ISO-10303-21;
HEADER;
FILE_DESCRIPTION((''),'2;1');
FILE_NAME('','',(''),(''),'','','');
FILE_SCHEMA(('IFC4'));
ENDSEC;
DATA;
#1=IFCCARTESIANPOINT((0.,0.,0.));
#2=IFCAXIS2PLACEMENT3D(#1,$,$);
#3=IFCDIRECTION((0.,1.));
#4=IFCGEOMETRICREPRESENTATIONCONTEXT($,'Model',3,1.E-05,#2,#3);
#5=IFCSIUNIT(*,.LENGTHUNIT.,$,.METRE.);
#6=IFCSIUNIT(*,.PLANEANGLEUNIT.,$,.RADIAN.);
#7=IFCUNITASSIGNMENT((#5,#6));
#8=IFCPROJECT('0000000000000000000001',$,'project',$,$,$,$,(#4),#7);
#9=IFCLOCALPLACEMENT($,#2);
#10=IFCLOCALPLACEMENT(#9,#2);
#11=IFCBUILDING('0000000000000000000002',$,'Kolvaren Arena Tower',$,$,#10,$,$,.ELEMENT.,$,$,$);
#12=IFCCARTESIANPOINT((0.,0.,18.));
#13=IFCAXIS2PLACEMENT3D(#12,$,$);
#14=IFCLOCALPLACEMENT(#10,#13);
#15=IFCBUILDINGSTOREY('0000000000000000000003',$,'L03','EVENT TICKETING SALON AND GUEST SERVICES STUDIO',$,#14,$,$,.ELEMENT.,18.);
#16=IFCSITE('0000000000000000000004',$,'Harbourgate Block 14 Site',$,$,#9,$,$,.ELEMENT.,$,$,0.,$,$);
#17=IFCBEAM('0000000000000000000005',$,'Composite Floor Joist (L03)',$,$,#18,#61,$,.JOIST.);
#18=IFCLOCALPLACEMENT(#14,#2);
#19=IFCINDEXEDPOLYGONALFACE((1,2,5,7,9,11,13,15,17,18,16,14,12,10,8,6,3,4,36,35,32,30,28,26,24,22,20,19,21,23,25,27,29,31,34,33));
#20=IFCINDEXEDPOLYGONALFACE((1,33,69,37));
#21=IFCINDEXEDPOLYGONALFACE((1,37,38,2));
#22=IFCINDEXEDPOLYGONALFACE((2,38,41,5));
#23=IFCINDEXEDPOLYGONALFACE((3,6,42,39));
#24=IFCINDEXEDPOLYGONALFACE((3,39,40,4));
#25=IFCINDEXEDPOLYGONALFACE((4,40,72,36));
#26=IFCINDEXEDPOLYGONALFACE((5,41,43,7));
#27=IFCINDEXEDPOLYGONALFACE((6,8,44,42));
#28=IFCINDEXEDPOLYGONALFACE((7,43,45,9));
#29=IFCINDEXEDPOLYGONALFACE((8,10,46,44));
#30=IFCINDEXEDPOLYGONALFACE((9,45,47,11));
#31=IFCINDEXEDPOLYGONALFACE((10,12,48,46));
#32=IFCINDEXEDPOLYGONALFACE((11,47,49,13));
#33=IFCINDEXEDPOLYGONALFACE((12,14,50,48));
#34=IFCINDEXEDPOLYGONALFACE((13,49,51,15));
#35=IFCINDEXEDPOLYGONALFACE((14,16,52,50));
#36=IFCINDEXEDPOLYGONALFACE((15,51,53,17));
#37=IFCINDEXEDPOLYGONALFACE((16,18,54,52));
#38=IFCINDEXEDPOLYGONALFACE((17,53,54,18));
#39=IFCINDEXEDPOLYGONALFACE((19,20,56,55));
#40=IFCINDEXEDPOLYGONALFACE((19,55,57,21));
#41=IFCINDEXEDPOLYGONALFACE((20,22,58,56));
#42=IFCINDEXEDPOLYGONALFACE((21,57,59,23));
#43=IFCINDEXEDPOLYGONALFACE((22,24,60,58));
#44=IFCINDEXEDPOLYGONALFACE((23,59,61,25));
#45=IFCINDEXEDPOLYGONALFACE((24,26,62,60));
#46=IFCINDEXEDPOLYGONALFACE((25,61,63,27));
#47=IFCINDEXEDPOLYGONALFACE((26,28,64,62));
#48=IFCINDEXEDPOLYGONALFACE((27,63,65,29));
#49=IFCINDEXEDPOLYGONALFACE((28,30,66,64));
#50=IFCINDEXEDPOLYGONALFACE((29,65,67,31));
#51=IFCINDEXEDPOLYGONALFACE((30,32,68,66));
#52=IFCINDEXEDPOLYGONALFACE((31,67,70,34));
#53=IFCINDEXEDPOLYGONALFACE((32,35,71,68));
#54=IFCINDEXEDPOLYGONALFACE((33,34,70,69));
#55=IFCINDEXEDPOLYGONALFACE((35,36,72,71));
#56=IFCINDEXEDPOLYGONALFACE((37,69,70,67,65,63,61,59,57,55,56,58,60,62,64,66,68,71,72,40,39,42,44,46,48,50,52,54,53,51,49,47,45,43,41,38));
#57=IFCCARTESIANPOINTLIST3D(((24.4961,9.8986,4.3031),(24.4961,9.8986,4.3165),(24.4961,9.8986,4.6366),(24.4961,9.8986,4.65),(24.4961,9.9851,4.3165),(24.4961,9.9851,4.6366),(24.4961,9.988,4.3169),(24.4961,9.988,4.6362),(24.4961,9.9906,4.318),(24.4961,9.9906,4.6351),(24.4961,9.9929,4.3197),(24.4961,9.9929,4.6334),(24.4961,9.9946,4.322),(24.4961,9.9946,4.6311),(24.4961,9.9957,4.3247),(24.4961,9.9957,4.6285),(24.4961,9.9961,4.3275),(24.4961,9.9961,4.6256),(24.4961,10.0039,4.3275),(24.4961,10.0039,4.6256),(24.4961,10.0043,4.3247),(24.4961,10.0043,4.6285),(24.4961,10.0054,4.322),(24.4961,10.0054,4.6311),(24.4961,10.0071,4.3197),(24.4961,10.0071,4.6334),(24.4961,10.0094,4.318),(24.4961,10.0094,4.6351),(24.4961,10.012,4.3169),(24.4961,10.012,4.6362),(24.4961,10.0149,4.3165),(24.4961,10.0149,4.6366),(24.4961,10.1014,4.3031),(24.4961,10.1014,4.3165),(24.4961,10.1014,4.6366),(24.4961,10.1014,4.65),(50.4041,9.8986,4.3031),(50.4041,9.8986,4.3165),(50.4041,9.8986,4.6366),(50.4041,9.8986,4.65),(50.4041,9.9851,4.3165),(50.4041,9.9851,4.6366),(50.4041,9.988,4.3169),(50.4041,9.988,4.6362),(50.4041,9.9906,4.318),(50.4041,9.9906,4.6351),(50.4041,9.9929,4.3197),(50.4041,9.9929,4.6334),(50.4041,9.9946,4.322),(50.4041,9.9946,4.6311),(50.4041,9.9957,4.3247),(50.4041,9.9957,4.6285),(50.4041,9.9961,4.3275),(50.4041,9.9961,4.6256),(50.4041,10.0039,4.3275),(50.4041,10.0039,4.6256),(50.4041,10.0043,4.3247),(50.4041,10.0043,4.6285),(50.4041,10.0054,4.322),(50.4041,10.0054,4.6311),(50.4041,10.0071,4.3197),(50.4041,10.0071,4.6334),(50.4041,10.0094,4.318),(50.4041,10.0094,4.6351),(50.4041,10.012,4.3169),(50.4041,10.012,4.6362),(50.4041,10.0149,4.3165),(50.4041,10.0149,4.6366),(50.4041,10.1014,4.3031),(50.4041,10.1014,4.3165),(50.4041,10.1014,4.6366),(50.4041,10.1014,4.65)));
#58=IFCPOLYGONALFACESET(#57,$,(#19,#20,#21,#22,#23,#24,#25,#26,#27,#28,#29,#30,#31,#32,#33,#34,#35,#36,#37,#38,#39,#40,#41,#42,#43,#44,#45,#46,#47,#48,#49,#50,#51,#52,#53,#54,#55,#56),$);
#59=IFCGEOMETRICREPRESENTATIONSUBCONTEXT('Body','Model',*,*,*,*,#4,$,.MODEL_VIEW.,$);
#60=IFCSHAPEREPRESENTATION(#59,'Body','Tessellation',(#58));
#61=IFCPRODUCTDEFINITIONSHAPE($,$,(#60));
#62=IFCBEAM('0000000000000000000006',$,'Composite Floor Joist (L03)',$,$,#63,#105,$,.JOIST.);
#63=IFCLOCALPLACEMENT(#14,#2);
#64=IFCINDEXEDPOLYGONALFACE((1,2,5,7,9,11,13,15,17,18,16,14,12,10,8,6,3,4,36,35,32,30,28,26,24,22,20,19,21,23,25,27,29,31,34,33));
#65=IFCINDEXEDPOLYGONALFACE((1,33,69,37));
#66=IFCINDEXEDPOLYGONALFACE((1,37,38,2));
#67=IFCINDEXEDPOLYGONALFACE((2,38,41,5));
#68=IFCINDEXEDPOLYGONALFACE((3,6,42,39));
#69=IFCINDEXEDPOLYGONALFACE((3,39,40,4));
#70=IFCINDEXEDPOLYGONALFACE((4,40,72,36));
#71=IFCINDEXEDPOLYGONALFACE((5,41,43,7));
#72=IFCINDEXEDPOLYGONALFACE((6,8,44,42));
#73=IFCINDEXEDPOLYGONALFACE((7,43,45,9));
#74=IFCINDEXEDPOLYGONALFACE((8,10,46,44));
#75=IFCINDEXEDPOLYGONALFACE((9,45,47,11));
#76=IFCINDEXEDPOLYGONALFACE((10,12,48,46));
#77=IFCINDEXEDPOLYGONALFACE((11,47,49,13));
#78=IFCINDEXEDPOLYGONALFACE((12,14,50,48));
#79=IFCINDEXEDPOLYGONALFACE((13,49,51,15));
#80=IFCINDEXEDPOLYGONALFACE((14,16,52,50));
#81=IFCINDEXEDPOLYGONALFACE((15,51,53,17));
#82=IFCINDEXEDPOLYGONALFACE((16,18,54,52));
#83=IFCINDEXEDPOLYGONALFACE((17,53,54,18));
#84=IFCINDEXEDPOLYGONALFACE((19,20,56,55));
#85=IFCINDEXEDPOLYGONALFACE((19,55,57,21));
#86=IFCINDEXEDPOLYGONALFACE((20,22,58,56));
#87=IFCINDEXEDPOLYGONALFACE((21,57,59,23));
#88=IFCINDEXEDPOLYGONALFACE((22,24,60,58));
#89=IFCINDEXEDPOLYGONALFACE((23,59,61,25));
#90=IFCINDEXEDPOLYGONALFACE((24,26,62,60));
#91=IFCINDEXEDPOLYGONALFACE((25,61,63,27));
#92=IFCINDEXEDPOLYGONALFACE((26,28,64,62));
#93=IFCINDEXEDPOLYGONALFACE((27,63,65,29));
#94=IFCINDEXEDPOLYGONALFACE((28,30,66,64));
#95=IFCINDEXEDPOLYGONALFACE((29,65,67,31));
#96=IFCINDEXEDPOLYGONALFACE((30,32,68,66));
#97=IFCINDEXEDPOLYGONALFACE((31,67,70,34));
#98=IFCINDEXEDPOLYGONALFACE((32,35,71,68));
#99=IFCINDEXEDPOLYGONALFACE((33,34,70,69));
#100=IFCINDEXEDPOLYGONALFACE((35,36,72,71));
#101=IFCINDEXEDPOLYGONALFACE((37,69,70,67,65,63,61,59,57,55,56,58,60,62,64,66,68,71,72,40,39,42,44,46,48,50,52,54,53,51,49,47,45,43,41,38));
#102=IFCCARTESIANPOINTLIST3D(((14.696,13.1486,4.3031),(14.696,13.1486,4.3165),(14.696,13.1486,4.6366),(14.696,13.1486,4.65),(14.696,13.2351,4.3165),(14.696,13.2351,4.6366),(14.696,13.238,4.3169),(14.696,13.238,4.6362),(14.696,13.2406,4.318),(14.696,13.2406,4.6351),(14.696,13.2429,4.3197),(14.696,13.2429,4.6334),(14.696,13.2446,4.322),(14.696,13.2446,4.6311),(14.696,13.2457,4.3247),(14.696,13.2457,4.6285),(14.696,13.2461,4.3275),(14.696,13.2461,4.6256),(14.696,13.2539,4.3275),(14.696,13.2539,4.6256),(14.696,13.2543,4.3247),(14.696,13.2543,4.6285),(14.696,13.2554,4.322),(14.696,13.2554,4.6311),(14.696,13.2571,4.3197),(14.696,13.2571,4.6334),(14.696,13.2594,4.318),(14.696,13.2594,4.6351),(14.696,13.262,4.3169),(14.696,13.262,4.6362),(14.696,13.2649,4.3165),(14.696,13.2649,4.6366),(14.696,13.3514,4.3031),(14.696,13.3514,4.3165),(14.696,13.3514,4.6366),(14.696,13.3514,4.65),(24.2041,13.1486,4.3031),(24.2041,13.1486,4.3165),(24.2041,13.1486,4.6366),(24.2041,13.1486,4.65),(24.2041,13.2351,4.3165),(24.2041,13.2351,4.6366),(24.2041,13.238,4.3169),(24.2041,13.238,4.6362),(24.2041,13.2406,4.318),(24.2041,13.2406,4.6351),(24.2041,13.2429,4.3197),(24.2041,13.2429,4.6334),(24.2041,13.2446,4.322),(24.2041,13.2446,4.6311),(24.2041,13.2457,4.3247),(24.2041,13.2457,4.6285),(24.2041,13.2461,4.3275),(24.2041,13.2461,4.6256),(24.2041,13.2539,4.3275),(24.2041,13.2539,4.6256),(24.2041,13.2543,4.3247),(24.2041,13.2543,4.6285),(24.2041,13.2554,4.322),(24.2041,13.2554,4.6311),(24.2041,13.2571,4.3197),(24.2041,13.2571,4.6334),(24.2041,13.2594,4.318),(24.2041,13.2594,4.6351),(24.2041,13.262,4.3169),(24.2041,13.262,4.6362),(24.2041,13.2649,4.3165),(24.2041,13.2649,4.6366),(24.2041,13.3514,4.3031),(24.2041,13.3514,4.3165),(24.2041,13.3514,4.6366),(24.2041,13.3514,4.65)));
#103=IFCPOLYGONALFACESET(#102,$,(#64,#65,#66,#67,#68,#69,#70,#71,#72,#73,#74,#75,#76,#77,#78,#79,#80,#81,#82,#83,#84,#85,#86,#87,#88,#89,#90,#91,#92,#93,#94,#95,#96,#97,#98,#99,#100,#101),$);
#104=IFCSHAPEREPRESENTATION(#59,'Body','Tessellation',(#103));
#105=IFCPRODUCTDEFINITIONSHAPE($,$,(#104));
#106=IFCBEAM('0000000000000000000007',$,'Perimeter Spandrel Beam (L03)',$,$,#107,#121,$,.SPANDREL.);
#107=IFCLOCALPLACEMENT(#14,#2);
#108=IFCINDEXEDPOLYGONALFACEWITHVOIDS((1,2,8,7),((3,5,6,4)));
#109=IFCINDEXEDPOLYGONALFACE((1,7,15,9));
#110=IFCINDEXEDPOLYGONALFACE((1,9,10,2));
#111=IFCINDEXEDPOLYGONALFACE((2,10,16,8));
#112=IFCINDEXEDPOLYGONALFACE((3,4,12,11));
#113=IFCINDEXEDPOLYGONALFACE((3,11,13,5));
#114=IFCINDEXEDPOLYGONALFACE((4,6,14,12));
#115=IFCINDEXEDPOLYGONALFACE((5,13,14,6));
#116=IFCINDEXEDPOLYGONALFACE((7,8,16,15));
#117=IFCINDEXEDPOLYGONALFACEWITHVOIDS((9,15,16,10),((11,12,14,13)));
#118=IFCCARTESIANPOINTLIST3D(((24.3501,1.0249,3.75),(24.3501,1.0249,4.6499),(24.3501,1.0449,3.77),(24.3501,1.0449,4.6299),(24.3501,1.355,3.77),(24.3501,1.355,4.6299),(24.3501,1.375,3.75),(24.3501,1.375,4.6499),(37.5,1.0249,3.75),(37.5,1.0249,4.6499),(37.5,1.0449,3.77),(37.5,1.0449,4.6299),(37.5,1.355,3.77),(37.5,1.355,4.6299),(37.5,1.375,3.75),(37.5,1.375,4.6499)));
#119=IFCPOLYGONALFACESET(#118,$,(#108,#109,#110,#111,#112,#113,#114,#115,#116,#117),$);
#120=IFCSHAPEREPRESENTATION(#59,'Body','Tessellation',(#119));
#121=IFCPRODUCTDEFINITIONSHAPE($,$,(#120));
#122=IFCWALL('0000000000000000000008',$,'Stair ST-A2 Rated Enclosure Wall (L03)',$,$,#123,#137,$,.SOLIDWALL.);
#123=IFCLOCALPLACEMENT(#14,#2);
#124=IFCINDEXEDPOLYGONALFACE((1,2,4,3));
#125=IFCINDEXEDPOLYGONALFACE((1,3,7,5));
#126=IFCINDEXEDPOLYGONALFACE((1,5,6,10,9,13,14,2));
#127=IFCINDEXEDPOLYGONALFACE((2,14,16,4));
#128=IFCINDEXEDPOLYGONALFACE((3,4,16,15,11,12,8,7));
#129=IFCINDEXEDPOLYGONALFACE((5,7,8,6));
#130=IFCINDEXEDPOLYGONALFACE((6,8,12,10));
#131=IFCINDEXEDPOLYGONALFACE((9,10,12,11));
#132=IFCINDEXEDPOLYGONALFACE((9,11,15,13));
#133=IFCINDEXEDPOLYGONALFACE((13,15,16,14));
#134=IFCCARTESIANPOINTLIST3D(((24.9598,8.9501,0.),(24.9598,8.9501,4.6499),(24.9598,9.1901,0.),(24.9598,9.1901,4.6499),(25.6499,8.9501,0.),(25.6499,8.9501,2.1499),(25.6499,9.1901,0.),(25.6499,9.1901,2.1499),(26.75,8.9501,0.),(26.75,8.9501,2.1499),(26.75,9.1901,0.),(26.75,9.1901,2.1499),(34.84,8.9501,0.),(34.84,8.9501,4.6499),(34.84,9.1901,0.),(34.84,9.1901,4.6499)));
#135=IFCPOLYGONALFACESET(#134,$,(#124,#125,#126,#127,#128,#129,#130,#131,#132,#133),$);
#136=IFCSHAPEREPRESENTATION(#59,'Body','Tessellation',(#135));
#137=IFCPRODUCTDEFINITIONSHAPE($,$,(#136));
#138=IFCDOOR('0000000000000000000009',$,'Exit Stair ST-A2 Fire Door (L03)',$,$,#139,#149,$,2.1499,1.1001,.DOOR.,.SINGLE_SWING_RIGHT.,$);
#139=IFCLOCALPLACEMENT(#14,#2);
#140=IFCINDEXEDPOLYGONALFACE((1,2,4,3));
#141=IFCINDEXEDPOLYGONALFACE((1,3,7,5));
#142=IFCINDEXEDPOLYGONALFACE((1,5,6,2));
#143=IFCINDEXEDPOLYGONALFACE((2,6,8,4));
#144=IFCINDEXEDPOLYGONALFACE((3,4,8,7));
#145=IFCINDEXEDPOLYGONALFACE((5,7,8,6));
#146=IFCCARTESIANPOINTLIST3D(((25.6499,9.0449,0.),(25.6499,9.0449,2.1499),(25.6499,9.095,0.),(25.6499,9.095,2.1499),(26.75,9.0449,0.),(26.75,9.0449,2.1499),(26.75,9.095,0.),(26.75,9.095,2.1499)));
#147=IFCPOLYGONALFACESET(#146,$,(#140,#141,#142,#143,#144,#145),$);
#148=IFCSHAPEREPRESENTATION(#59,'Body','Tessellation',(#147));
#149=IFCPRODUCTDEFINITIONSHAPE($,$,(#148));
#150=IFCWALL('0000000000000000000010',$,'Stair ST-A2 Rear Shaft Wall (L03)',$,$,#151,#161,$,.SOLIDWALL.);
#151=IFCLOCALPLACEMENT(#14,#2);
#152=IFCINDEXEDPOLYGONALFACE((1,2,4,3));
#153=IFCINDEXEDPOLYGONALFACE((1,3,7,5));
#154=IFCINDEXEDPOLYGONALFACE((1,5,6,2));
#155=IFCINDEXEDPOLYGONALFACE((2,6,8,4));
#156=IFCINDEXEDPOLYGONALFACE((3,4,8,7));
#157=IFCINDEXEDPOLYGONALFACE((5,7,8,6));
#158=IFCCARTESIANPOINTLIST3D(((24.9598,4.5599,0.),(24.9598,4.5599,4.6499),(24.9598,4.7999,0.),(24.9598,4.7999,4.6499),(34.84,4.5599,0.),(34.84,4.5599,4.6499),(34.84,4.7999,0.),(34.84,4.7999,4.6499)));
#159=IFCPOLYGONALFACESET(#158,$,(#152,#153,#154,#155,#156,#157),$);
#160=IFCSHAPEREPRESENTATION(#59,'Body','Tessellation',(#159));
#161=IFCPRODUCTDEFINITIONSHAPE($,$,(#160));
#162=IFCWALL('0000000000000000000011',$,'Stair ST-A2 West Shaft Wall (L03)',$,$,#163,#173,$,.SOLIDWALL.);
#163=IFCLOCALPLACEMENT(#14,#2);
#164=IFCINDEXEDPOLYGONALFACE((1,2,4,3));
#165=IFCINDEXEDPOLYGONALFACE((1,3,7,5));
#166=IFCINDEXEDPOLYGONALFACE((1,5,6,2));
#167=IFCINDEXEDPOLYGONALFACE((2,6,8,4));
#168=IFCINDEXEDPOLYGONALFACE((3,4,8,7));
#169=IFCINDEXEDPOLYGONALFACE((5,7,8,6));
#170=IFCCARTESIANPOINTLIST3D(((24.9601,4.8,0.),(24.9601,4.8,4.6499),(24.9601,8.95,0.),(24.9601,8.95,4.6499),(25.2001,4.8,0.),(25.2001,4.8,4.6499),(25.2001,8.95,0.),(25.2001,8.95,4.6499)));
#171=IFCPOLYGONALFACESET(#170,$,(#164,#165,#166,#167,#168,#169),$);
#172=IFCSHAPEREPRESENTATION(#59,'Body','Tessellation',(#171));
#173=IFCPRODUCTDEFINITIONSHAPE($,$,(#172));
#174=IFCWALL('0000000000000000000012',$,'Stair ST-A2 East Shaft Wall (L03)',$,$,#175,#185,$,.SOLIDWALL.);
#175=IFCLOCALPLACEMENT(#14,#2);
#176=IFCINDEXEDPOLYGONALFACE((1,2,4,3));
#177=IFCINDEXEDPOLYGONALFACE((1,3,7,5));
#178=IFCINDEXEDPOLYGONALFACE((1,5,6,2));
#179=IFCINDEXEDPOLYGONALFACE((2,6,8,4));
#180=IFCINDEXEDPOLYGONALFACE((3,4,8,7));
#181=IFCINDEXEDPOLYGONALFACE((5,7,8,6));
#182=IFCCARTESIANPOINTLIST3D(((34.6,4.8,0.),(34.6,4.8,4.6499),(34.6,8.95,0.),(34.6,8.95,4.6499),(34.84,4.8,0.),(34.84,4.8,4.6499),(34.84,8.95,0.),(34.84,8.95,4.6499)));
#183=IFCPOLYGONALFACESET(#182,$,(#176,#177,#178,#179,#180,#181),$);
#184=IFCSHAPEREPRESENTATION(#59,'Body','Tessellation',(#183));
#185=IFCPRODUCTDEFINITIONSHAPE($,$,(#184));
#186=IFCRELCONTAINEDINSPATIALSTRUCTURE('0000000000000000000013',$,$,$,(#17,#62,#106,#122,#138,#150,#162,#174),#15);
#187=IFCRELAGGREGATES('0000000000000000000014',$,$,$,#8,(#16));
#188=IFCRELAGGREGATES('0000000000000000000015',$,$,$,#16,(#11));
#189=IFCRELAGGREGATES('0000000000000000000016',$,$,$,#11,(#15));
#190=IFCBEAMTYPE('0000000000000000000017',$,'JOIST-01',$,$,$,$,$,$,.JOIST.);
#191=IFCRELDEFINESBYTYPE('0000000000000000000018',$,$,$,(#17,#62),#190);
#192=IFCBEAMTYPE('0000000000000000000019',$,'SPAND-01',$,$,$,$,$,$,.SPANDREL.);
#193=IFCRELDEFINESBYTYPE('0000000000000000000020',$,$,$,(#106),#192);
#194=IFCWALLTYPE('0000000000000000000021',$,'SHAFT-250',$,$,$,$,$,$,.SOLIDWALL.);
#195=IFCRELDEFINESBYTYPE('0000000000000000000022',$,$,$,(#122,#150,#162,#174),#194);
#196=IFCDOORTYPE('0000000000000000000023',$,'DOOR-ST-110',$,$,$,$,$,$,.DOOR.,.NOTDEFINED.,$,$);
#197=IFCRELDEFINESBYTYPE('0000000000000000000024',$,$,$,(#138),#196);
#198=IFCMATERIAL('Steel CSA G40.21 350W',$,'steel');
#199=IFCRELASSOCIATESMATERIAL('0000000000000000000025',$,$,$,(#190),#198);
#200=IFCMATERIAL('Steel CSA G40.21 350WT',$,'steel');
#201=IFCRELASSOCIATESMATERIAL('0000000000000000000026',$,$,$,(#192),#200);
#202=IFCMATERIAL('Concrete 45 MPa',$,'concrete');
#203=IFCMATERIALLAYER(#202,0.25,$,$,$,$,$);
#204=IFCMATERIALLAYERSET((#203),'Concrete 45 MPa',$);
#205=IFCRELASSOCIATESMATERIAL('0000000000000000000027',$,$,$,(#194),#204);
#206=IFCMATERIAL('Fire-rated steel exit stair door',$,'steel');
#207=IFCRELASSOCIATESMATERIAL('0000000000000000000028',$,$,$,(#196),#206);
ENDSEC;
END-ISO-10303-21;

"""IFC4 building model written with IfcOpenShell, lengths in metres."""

from ifc_helpers import new_model, si_unit, direction, frame, frame_2d, origin, origin_2d, place, context, subcontext, project, spatial, rectangle, hollow_rectangle, i_section, extrude, material, layer, layer_set, material_profile, profile_set, type_object, element, fill, save


model = new_model("IFC4")

# Units and contexts
model_context = context("Model", 3, precision=1e-05, world=origin(), true_north=direction((0.0, 1.0)))
body_context = subcontext(model_context, "Body", "Model", "MODEL_VIEW")
ifc_project = project(units=[si_unit("LENGTHUNIT", "METRE"), si_unit("PLANEANGLEUNIT", "RADIAN")], contexts=[model_context])

# Site, building, storey
site_placement = place(None, origin())
site = spatial("IfcSite", under=ifc_project, at=site_placement, Name="Harbourgate Block 14 Site", CompositionType="ELEMENT", RefElevation=0.0)
building_placement = place(site_placement, origin())
building = spatial("IfcBuilding", under=site, at=building_placement, Name="Kolvaren Arena Tower", CompositionType="ELEMENT")
storey_placement = place(building_placement, frame((0.0, 0.0, 18.0)))
storey = spatial("IfcBuildingStorey", under=building, at=storey_placement, Name="L03", Description="EVENT TICKETING SALON AND GUEST SERVICES STUDIO", CompositionType="ELEMENT", Elevation=18.0)

# Beams
ifc_material_1 = material(Name="Steel CSA G40.21 350W", Category="steel")
ifc_material_profile_1 = material_profile(ifc_material_1, i_section(OverallWidth=0.2029, OverallDepth=0.3469, WebThickness=0.0078, FlangeThickness=0.0134, FilletRadius=0.011, at=origin_2d()), Name="W360x64")
ifc_profile_set_1 = profile_set([ifc_material_profile_1], Name="Steel CSA G40.21 350W")
beam_type_1 = type_object("IfcBeamType", Name="JOIST-01", PredefinedType="JOIST", material=ifc_profile_set_1)
beam_1_placement = place(storey_placement, frame((24.4961, 10.0, 4.4766), z_axis=(1.0, 0.0, 0.0), x_axis=(0.0, 1.0, 0.0)))
element("IfcBeam", 1, at=beam_1_placement, inside=storey, type_object=beam_type_1, Name="Composite Floor Joist (L03)", PredefinedType="JOIST", context=body_context, shape_type="SweptSolid", body=[
    extrude(i_section(OverallWidth=0.2029, OverallDepth=0.3469, WebThickness=0.0078, FlangeThickness=0.0134, FilletRadius=0.011, at=origin_2d()), origin(), (0.0, 0.0, 1.0), 25.908),
])
beam_2_placement = place(storey_placement, frame((14.696, 13.25, 4.4766), z_axis=(1.0, 0.0, 0.0), x_axis=(0.0, 1.0, 0.0)))
element("IfcBeam", 2, at=beam_2_placement, inside=storey, type_object=beam_type_1, Name="Composite Floor Joist (L03)", PredefinedType="JOIST", context=body_context, shape_type="SweptSolid", body=[
    extrude(i_section(OverallWidth=0.2029, OverallDepth=0.3469, WebThickness=0.0078, FlangeThickness=0.0134, FilletRadius=0.011, at=origin_2d()), origin(), (0.0, 0.0, 1.0), 9.5081),
])
ifc_material_2 = material(Name="Steel CSA G40.21 350WT", Category="steel")
ifc_material_profile_2 = material_profile(ifc_material_2, hollow_rectangle(XDim=0.3501, YDim=0.8999, WallThickness=0.02, at=origin_2d()), Name="HSS 900x350x20")
ifc_profile_set_2 = profile_set([ifc_material_profile_2], Name="Steel CSA G40.21 350WT")
beam_type_2 = type_object("IfcBeamType", Name="SPAND-01", PredefinedType="SPANDREL", material=ifc_profile_set_2)
beam_3_placement = place(storey_placement, frame((24.3501, 1.2, 4.2), z_axis=(1.0, 0.0, 0.0), x_axis=(0.0, 1.0, 0.0)))
element("IfcBeam", 3, at=beam_3_placement, inside=storey, type_object=beam_type_2, Name="Perimeter Spandrel Beam (L03)", PredefinedType="SPANDREL", context=body_context, shape_type="SweptSolid", body=[
    extrude(hollow_rectangle(XDim=0.3501, YDim=0.8999, WallThickness=0.02, at=origin_2d()), origin(), (0.0, 0.0, 1.0), 13.1499),
])

# Wall, opening, door
ifc_material_3 = material(Name="Concrete 45 MPa", Category="concrete")
ifc_layer_1 = layer(ifc_material_3, 0.25)
ifc_layer_set_1 = layer_set([ifc_layer_1], Name="Concrete 45 MPa")
wall_type_1 = type_object("IfcWallType", Name="SHAFT-250", PredefinedType="SOLIDWALL", material=ifc_layer_set_1)
wall_1_placement = place(storey_placement, frame((24.96, 9.0701, 0.0), z_axis=(0.0, 0.0, 1.0), x_axis=(1.0, 0.0, 0.0)))
wall_1 = element("IfcWall", 4, at=wall_1_placement, inside=storey, type_object=wall_type_1, Name="Stair ST-A2 Rated Enclosure Wall (L03)", PredefinedType="SOLIDWALL", context=body_context, shape_type="SweptSolid", body=[
    extrude(rectangle(XDim=9.8801, YDim=0.24, at=frame_2d((4.9399, 0.0))), origin(), (0.0, 0.0, 1.0), 4.6499),
])
opening_1_placement = place(wall_1_placement, frame((0.6899, 0.0, 0.0)))
opening_1 = element("IfcOpeningElement", 5, at=opening_1_placement, cuts=wall_1, PredefinedType="OPENING", context=body_context, shape_type="SweptSolid", body=[
    extrude(rectangle(XDim=1.1001, YDim=2.1499, at=frame_2d((0.55, 1.075))), frame((0.0, 0.1299, 0.0), z_axis=(0.0, -1.0, 0.0), x_axis=(1.0, 0.0, 0.0)), (0.0, 0.0, 1.0), 0.26),
])
ifc_material_4 = material(Name="Fire-rated steel exit stair door", Category="steel")
door_type_1 = type_object("IfcDoorType", Name="DOOR-ST-110", OperationType="NOTDEFINED", PredefinedType="DOOR", material=ifc_material_4)
door_1_placement = place(opening_1_placement, origin())
door_1 = element("IfcDoor", 6, at=door_1_placement, inside=storey, type_object=door_type_1, Name="Exit Stair ST-A2 Fire Door (L03)", OperationType="SINGLE_SWING_RIGHT", OverallHeight=2.1499, OverallWidth=1.1001, PredefinedType="DOOR", context=body_context, shape_type="SweptSolid", body=[
    extrude(rectangle(XDim=1.1001, YDim=2.1499, at=frame_2d((0.55, 1.075))), frame((0.0, 0.0249, 0.0), z_axis=(0.0, -1.0, 0.0), x_axis=(1.0, 0.0, 0.0)), (0.0, 0.0, 1.0), 0.05),
])
fill(opening_1, door_1)

# Walls
wall_2_placement = place(storey_placement, frame((24.96, 4.6799, 0.0), z_axis=(0.0, 0.0, 1.0), x_axis=(1.0, 0.0, 0.0)))
element("IfcWall", 7, at=wall_2_placement, inside=storey, type_object=wall_type_1, Name="Stair ST-A2 Rear Shaft Wall (L03)", PredefinedType="SOLIDWALL", context=body_context, shape_type="SweptSolid", body=[
    extrude(rectangle(XDim=9.8801, YDim=0.24, at=frame_2d((4.9399, 0.0))), origin(), (0.0, 0.0, 1.0), 4.6499),
])
for number, where, z_axis, x_axis, name in (
    (8, (25.0801, 4.8, 0.0), (0.0, 0.0, 1.0), (0.0, 1.0, 0.0), "Stair ST-A2 West Shaft Wall (L03)"),
    (9, (34.72, 4.8, 0.0), (0.0, 0.0, 1.0), (0.0, 1.0, 0.0), "Stair ST-A2 East Shaft Wall (L03)"),
):
    element("IfcWall", number, at=place(storey_placement, frame(where, z_axis=z_axis, x_axis=x_axis)), inside=storey, type_object=wall_type_1, Name=name, PredefinedType="SOLIDWALL", context=body_context, shape_type="SweptSolid", body=[
        extrude(rectangle(XDim=4.1499, YDim=0.24, at=frame_2d((2.075, 0.0))), origin(), (0.0, 0.0, 1.0), 4.6499),
    ])

save(model, "model.ifc")
